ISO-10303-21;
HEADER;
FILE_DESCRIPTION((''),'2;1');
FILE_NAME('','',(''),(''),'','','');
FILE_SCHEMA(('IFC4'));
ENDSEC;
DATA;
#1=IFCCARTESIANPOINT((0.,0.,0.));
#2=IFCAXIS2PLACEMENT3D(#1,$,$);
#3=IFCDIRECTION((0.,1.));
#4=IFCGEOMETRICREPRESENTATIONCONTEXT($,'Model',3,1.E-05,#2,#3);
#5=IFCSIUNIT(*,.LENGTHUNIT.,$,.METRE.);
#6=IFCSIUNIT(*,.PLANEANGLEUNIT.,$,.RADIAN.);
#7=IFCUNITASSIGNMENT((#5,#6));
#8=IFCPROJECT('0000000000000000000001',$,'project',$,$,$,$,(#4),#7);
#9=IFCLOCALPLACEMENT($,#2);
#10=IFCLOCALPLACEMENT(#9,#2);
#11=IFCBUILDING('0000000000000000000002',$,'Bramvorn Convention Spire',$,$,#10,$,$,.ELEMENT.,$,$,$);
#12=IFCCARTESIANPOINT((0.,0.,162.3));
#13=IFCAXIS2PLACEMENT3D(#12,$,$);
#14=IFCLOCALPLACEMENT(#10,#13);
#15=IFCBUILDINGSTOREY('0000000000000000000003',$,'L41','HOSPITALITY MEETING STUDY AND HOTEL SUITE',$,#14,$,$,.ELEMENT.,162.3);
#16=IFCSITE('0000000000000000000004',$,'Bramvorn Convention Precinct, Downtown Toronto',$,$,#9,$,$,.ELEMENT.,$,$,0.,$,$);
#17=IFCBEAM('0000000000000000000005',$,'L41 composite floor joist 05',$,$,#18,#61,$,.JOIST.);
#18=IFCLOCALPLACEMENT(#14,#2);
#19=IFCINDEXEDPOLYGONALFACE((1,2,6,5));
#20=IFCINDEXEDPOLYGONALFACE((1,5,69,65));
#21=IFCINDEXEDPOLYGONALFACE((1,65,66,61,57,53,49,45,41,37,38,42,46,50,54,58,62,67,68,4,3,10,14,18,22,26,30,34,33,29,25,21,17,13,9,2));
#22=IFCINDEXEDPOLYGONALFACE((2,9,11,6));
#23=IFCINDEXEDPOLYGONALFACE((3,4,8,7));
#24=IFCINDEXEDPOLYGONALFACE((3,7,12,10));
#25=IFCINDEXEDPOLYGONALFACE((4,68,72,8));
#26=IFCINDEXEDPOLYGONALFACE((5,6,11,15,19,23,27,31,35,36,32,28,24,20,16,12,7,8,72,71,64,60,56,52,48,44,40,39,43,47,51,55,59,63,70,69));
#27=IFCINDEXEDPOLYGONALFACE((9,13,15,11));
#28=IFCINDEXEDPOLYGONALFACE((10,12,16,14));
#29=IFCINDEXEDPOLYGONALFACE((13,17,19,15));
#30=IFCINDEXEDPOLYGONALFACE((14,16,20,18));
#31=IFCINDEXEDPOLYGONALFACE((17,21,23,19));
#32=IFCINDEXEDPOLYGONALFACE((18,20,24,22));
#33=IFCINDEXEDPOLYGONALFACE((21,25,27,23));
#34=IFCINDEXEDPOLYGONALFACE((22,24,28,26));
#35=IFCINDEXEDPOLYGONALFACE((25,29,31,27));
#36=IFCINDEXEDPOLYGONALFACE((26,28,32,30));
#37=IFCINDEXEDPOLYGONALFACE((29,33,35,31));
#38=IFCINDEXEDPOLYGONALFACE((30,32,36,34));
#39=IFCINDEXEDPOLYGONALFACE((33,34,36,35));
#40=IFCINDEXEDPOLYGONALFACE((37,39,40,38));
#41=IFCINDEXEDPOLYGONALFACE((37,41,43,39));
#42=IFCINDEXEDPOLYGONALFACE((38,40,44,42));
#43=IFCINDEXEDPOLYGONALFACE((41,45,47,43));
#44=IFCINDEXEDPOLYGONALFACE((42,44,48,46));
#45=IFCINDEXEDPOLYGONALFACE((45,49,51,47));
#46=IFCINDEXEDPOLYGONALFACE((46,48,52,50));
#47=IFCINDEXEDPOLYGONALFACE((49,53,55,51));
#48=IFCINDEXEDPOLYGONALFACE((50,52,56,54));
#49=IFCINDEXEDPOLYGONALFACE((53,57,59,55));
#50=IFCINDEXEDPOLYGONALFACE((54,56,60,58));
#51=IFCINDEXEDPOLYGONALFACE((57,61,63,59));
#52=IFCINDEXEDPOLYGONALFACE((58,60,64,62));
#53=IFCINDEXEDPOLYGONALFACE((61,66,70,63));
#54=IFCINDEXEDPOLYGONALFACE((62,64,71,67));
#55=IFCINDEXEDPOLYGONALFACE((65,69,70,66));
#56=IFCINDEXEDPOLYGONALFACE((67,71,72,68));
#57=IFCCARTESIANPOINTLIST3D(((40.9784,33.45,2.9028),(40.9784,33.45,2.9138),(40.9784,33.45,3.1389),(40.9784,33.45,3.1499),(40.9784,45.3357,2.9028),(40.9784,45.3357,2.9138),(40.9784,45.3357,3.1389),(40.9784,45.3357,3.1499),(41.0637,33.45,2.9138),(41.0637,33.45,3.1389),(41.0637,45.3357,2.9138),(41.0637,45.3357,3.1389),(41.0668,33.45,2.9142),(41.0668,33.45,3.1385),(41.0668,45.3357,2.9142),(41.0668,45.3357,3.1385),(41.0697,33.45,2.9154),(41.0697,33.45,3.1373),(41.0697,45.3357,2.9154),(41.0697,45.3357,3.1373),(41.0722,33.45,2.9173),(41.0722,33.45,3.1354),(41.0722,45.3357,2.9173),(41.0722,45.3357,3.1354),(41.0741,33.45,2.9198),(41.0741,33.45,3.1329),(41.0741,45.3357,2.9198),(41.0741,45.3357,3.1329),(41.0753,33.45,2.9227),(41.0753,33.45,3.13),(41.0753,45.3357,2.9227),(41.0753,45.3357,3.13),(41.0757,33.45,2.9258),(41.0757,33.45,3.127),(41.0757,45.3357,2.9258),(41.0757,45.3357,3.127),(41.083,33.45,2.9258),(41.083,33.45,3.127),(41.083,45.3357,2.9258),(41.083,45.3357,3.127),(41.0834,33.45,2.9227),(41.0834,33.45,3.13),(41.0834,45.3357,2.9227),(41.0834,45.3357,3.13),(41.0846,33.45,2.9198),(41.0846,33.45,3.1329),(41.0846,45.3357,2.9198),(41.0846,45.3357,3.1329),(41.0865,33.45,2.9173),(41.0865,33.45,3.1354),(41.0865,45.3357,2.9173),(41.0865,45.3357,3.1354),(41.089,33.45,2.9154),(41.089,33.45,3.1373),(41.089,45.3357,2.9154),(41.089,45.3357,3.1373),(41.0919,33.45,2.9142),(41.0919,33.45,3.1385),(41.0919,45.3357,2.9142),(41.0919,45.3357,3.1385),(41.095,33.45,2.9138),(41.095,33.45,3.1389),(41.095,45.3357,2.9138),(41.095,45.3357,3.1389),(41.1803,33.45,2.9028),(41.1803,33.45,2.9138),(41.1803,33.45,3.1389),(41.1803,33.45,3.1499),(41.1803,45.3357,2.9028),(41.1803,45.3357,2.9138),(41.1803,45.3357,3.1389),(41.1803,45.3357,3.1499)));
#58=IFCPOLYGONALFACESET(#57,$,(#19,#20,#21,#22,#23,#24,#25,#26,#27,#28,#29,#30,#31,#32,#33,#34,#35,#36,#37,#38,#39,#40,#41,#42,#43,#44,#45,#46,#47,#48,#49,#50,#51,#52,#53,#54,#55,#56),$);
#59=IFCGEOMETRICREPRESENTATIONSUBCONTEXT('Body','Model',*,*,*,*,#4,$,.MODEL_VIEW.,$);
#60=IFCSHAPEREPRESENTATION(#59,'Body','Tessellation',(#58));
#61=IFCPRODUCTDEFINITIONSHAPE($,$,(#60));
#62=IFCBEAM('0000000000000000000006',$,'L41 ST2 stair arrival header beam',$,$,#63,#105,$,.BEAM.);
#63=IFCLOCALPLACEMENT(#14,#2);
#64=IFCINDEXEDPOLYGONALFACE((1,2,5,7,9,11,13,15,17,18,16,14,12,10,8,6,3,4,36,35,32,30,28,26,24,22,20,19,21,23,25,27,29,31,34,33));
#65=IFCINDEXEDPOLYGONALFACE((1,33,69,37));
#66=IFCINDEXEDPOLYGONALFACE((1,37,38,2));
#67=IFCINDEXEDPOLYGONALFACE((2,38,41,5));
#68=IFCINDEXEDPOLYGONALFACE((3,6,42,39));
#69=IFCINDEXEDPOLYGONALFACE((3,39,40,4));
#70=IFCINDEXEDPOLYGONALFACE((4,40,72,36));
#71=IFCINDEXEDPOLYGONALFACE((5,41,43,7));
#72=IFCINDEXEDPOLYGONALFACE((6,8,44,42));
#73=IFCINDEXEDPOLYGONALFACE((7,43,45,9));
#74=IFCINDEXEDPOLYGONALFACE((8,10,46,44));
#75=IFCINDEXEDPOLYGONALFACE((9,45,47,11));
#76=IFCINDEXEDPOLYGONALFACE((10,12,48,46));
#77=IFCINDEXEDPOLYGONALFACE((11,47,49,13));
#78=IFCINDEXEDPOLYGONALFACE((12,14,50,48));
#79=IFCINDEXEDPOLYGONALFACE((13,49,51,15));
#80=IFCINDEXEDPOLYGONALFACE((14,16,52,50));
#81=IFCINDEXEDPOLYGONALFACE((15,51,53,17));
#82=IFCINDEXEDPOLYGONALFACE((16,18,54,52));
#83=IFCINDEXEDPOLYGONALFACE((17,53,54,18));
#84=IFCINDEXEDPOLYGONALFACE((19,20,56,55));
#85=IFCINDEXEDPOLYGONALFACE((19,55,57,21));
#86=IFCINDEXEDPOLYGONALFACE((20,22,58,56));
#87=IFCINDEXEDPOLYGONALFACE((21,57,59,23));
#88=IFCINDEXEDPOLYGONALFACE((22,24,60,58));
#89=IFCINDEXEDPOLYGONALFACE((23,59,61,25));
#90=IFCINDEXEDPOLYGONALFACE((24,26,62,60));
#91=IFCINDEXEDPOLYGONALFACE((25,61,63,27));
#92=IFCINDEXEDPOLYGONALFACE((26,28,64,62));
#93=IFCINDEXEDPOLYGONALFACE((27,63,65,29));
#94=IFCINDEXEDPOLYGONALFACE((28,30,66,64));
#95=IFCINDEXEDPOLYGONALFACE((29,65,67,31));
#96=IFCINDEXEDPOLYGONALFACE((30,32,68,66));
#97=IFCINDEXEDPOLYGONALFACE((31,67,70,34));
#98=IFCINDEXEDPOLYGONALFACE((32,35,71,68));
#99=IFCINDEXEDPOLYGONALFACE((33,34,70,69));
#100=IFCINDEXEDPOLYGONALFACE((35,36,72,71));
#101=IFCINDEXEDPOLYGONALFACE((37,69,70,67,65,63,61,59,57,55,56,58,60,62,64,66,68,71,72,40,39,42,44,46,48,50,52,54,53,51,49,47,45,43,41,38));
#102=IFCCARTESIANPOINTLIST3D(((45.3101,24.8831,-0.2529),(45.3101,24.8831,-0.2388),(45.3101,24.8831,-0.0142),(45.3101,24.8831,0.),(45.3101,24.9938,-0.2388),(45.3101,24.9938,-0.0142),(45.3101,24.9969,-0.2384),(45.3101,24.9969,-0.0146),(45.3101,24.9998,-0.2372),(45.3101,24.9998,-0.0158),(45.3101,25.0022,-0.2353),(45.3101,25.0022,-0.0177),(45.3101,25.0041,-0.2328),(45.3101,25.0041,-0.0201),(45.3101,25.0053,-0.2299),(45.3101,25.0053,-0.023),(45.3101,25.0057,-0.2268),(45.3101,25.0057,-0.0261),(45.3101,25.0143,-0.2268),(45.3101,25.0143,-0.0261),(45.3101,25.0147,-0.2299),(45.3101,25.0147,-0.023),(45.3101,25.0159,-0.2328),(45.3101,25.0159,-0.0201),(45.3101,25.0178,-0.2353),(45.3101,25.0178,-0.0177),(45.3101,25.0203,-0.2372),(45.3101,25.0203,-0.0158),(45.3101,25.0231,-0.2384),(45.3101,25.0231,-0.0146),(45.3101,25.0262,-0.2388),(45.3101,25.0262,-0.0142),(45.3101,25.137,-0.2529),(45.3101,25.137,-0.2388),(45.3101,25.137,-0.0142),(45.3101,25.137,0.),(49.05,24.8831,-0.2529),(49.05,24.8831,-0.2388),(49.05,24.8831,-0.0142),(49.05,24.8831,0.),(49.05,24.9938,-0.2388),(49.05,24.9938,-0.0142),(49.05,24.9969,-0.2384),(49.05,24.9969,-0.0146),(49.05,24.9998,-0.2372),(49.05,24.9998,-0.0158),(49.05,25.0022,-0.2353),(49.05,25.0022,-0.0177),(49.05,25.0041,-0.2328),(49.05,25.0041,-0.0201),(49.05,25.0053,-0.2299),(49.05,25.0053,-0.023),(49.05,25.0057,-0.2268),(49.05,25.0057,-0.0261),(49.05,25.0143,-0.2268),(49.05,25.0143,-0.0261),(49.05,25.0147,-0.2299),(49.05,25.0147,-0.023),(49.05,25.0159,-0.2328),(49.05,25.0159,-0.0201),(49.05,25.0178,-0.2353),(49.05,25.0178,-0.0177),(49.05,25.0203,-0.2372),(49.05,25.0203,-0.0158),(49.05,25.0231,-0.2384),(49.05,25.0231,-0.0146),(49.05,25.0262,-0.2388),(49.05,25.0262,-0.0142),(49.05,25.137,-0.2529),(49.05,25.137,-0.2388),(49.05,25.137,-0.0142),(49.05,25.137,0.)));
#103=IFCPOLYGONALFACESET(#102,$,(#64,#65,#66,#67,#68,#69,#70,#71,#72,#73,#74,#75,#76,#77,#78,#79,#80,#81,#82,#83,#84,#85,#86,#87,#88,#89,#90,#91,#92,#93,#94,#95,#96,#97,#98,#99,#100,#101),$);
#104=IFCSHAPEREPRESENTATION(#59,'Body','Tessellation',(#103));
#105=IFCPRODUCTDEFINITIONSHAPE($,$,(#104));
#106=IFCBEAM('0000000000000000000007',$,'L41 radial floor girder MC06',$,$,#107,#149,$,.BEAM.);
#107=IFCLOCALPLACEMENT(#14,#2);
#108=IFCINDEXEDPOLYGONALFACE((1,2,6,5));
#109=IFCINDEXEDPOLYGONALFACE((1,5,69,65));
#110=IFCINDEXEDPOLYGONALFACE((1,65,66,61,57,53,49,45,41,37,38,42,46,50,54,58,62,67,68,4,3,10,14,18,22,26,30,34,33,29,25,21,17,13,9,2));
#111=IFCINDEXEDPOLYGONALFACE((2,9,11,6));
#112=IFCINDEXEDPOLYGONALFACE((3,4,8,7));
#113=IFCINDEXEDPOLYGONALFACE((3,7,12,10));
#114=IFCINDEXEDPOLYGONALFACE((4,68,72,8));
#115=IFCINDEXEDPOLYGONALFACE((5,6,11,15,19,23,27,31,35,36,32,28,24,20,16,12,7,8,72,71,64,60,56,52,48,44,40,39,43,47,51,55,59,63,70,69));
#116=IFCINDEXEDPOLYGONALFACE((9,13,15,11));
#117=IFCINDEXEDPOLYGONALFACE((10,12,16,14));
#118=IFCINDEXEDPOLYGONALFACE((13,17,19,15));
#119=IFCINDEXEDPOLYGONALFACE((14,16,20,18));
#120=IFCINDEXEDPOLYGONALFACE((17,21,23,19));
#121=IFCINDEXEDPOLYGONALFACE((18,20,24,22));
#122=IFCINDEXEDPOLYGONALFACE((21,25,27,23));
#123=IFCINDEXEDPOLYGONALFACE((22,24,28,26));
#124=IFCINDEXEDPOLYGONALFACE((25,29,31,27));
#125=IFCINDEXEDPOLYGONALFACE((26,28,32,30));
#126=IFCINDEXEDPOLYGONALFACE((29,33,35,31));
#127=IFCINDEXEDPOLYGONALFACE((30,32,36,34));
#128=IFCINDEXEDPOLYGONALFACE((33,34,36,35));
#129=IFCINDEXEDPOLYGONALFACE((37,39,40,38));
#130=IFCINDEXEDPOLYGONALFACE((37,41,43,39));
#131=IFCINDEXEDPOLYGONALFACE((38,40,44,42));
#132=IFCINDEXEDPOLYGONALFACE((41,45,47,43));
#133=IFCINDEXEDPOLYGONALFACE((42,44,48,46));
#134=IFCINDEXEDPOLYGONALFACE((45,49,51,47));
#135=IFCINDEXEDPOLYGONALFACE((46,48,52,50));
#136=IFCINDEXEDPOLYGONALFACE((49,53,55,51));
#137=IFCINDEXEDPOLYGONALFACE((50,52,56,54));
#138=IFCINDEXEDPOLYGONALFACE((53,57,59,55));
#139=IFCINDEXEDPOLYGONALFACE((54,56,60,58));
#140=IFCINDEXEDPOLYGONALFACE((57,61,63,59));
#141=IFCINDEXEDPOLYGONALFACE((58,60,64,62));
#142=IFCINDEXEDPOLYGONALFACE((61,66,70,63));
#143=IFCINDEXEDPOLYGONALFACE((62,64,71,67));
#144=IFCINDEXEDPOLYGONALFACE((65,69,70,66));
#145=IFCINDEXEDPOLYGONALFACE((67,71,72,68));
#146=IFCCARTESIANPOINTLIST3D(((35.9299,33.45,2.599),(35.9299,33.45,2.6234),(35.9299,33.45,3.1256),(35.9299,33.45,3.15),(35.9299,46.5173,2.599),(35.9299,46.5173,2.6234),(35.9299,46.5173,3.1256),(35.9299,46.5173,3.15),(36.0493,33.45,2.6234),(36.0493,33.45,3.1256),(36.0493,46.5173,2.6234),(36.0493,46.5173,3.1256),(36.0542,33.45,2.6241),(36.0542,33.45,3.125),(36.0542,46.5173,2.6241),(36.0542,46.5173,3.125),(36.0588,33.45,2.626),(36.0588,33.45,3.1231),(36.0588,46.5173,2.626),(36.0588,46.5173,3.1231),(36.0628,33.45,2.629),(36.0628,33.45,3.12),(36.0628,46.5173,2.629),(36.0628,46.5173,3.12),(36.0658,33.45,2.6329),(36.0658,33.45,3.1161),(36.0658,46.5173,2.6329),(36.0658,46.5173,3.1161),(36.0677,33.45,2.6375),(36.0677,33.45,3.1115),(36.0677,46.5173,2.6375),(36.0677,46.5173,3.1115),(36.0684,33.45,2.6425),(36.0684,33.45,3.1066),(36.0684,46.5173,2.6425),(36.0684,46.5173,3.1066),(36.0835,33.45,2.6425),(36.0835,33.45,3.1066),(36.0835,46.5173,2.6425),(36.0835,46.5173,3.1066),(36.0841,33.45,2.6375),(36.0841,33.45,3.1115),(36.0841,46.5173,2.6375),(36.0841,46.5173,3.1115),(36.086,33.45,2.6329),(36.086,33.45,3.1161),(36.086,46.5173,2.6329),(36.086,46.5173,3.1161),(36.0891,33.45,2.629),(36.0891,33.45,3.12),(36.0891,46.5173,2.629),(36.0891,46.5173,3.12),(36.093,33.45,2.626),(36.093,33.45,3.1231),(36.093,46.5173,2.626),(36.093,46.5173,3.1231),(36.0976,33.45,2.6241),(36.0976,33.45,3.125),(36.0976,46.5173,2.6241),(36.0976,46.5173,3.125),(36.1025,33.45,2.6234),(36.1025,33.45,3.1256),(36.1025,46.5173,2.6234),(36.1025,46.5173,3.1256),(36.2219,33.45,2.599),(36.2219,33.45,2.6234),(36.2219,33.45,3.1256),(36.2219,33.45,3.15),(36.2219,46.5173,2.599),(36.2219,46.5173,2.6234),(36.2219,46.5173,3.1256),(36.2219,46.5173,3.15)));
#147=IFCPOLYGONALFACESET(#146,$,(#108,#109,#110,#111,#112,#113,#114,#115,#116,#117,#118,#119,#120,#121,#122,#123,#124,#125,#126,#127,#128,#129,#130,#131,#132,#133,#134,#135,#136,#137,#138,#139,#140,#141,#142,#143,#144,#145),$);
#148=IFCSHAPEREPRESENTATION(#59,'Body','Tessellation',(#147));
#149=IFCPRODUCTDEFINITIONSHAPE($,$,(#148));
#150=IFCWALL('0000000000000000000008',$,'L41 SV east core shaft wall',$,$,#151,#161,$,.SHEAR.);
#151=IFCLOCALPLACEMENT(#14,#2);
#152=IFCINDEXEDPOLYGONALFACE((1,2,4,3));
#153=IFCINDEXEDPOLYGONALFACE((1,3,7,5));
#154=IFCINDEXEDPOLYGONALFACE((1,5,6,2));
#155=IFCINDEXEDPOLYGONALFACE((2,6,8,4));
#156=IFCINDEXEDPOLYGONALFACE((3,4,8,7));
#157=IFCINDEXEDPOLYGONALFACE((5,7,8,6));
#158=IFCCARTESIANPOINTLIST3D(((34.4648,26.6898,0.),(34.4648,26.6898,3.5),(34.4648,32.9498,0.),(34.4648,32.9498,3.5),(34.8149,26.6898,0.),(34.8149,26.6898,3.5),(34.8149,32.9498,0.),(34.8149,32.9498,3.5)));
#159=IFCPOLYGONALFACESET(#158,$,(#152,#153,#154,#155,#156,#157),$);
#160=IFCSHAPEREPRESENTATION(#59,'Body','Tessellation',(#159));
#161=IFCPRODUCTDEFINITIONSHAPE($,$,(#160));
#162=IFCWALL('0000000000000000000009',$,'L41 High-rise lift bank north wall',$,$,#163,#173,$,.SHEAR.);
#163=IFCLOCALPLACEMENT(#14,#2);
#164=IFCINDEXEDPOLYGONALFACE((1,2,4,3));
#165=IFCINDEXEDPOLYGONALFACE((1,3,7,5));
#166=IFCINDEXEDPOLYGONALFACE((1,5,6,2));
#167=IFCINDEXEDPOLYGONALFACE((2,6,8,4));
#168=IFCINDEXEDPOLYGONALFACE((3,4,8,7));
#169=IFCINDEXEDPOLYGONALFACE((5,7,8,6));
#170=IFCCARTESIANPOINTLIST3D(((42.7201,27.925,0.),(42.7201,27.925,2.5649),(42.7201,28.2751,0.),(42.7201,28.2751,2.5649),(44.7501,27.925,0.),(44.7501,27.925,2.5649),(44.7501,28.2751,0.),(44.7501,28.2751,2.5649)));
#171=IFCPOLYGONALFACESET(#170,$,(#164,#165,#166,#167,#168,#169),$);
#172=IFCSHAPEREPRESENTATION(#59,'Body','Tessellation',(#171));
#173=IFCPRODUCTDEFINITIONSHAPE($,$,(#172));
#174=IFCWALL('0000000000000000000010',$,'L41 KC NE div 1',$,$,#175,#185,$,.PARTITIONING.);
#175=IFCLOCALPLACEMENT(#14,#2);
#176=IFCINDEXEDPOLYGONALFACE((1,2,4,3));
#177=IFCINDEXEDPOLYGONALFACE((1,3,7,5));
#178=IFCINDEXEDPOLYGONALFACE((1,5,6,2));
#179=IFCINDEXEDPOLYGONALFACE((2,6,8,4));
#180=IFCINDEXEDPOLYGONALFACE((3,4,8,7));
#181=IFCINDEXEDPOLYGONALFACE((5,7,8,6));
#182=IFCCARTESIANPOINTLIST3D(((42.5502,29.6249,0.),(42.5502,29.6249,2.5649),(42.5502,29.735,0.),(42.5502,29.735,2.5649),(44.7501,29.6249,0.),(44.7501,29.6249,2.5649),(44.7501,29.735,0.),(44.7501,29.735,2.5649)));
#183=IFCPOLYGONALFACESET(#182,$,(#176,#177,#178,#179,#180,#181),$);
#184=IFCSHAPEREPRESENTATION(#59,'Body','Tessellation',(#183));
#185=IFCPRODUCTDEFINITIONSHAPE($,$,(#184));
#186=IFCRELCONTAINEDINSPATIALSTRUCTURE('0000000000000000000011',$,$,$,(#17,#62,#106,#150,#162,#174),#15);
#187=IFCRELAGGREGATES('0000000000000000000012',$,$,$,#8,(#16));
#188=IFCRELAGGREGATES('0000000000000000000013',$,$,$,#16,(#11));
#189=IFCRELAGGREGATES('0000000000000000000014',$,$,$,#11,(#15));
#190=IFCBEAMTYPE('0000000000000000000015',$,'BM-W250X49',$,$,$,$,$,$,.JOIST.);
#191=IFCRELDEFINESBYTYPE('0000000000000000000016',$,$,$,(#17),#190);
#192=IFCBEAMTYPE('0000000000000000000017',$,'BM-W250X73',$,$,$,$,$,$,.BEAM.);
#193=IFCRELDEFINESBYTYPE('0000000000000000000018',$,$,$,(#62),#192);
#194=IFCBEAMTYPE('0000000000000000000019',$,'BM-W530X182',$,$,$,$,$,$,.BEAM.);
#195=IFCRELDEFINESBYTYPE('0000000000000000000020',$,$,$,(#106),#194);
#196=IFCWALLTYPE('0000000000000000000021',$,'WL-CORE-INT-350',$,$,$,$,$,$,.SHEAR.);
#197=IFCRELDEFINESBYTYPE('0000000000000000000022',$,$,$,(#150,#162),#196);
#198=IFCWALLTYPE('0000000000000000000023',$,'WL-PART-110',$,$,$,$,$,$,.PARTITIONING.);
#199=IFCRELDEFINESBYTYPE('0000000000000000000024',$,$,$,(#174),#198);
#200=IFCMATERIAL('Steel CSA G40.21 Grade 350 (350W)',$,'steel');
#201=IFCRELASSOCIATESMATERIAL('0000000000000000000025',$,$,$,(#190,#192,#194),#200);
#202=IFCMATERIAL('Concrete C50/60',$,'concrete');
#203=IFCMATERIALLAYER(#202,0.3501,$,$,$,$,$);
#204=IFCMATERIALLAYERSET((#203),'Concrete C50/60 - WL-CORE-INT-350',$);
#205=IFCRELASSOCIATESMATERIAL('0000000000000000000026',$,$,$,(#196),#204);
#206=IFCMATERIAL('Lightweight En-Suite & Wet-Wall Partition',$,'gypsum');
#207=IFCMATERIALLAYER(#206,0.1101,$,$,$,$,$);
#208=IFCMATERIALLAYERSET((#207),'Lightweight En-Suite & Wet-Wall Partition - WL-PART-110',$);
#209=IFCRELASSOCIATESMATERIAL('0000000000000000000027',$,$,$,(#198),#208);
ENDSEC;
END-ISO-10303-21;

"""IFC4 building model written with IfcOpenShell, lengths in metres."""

from ifc_helpers import new_model, si_unit, direction, frame, frame_2d, origin, origin_2d, place, context, subcontext, project, spatial, rectangle, i_section, extrude, material, layer, layer_set, material_profile, profile_set, type_object, element, save


model = new_model("IFC4")

# Units and contexts
model_context = context("Model", 3, precision=1e-05, world=origin(), true_north=direction((0.0, 1.0)))
body_context = subcontext(model_context, "Body", "Model", "MODEL_VIEW")
ifc_project = project(units=[si_unit("LENGTHUNIT", "METRE"), si_unit("PLANEANGLEUNIT", "RADIAN")], contexts=[model_context])

# Site, building, storey
site_placement = place(None, origin())
site = spatial("IfcSite", under=ifc_project, at=site_placement, Name="Bramvorn Convention Precinct, Downtown Toronto", CompositionType="ELEMENT", RefElevation=0.0)
building_placement = place(site_placement, origin())
building = spatial("IfcBuilding", under=site, at=building_placement, Name="Bramvorn Convention Spire", CompositionType="ELEMENT")
storey_placement = place(building_placement, frame((0.0, 0.0, 162.3)))
storey = spatial("IfcBuildingStorey", under=building, at=storey_placement, Name="L41", Description="HOSPITALITY MEETING STUDY AND HOTEL SUITE", CompositionType="ELEMENT", Elevation=162.3)

# Beams
ifc_material_1 = material(Name="Steel CSA G40.21 Grade 350 (350W)", Category="steel")
ifc_material_profile_1 = material_profile(ifc_material_1, i_section(OverallWidth=0.2019, OverallDepth=0.2471, WebThickness=0.0073, FlangeThickness=0.011, FilletRadius=0.012, at=origin_2d()))
ifc_profile_set_1 = profile_set([ifc_material_profile_1], Name="Steel CSA G40.21 Grade 350 (350W) - W250X49")
beam_type_1 = type_object("IfcBeamType", Name="BM-W250X49", PredefinedType="JOIST", material=ifc_profile_set_1)
beam_1_placement = place(storey_placement, frame((41.0793, 33.45, 3.0264), z_axis=(0.0, 1.0, 0.0), x_axis=(-1.0, 0.0, 0.0)))
element("IfcBeam", 1, at=beam_1_placement, inside=storey, type_object=beam_type_1, Name="L41 composite floor joist 05", PredefinedType="JOIST", context=body_context, shape_type="SweptSolid", body=[
    extrude(i_section(OverallWidth=0.2019, OverallDepth=0.2471, WebThickness=0.0073, FlangeThickness=0.011, FilletRadius=0.012, at=origin_2d()), origin(), (0.0, 0.0, 1.0), 11.8857),
])
ifc_material_profile_2 = material_profile(ifc_material_1, i_section(OverallWidth=0.2539, OverallDepth=0.2529, WebThickness=0.0085, FlangeThickness=0.0142, FilletRadius=0.012, at=origin_2d()))
ifc_profile_set_2 = profile_set([ifc_material_profile_2], Name="Steel CSA G40.21 Grade 350 (350W) - W250X73")
beam_type_2 = type_object("IfcBeamType", Name="BM-W250X73", PredefinedType="BEAM", material=ifc_profile_set_2)
beam_2_placement = place(storey_placement, frame((45.3101, 25.01, -0.1265), z_axis=(1.0, 0.0, 0.0), x_axis=(0.0, 1.0, 0.0)))
element("IfcBeam", 2, at=beam_2_placement, inside=storey, type_object=beam_type_2, Name="L41 ST2 stair arrival header beam", PredefinedType="BEAM", context=body_context, shape_type="SweptSolid", body=[
    extrude(i_section(OverallWidth=0.2539, OverallDepth=0.2529, WebThickness=0.0085, FlangeThickness=0.0142, FilletRadius=0.012, at=origin_2d()), origin(), (0.0, 0.0, 1.0), 3.74),
])
ifc_material_profile_3 = material_profile(ifc_material_1, i_section(OverallWidth=0.292, OverallDepth=0.551, WebThickness=0.0151, FlangeThickness=0.0244, FilletRadius=0.019, at=origin_2d()))
ifc_profile_set_3 = profile_set([ifc_material_profile_3], Name="Steel CSA G40.21 Grade 350 (350W) - W530X182")
beam_type_3 = type_object("IfcBeamType", Name="BM-W530X182", PredefinedType="BEAM", material=ifc_profile_set_3)
beam_3_placement = place(storey_placement, frame((36.0759, 33.45, 2.8745), z_axis=(0.0, 1.0, 0.0), x_axis=(-1.0, 0.0, 0.0)))
element("IfcBeam", 3, at=beam_3_placement, inside=storey, type_object=beam_type_3, Name="L41 radial floor girder MC06", PredefinedType="BEAM", context=body_context, shape_type="SweptSolid", body=[
    extrude(i_section(OverallWidth=0.292, OverallDepth=0.551, WebThickness=0.0151, FlangeThickness=0.0244, FilletRadius=0.019, at=origin_2d()), origin(), (0.0, 0.0, 1.0), 13.0674),
])

# Shared definitions
ifc_material_2 = material(Name="Concrete C50/60", Category="concrete")
ifc_layer_1 = layer(ifc_material_2, 0.3501)
ifc_layer_set_1 = layer_set([ifc_layer_1], Name="Concrete C50/60 - WL-CORE-INT-350")
wall_type_1 = type_object("IfcWallType", Name="WL-CORE-INT-350", PredefinedType="SHEAR", material=ifc_layer_set_1)

# Walls
wall_1_placement = place(storey_placement, frame((34.6399, 26.6899, 0.0), z_axis=(0.0, 0.0, 1.0), x_axis=(0.0, 1.0, 0.0)))
element("IfcWall", 4, at=wall_1_placement, inside=storey, type_object=wall_type_1, Name="L41 SV east core shaft wall", PredefinedType="SHEAR", context=body_context, shape_type="SweptSolid", body=[
    extrude(rectangle(XDim=6.26, YDim=0.3501, at=frame_2d((3.1299, 0.0))), origin(), (0.0, 0.0, 1.0), 3.5),
])
wall_2_placement = place(storey_placement, frame((42.72, 28.1001, 0.0), z_axis=(0.0, 0.0, 1.0), x_axis=(1.0, 0.0, 0.0)))
element("IfcWall", 5, at=wall_2_placement, inside=storey, type_object=wall_type_1, Name="L41 High-rise lift bank north wall", PredefinedType="SHEAR", context=body_context, shape_type="SweptSolid", body=[
    extrude(rectangle(XDim=2.03, YDim=0.3501, at=frame_2d((1.0151, 0.0))), origin(), (0.0, 0.0, 1.0), 2.5649),
])
ifc_material_3 = material(Name="Lightweight En-Suite & Wet-Wall Partition", Category="gypsum")
ifc_layer_2 = layer(ifc_material_3, 0.1101)
ifc_layer_set_2 = layer_set([ifc_layer_2], Name="Lightweight En-Suite & Wet-Wall Partition - WL-PART-110")
wall_type_2 = type_object("IfcWallType", Name="WL-PART-110", PredefinedType="PARTITIONING", material=ifc_layer_set_2)
for number, where, z_axis, x_axis, name in (
    (6, (42.55, 29.6799, 0.0), (0.0, 0.0, 1.0), (1.0, 0.0, 0.0), "L41 KC NE div 1"),
):
    element("IfcWall", number, at=place(storey_placement, frame(where, z_axis=z_axis, x_axis=x_axis)), inside=storey, type_object=wall_type_2, Name=name, PredefinedType="PARTITIONING", context=body_context, shape_type="SweptSolid", body=[
        extrude(rectangle(XDim=2.2, YDim=0.1101, at=frame_2d((1.1001, 0.0))), origin(), (0.0, 0.0, 1.0), 2.5649),
    ])

save(model, "model.ifc")
